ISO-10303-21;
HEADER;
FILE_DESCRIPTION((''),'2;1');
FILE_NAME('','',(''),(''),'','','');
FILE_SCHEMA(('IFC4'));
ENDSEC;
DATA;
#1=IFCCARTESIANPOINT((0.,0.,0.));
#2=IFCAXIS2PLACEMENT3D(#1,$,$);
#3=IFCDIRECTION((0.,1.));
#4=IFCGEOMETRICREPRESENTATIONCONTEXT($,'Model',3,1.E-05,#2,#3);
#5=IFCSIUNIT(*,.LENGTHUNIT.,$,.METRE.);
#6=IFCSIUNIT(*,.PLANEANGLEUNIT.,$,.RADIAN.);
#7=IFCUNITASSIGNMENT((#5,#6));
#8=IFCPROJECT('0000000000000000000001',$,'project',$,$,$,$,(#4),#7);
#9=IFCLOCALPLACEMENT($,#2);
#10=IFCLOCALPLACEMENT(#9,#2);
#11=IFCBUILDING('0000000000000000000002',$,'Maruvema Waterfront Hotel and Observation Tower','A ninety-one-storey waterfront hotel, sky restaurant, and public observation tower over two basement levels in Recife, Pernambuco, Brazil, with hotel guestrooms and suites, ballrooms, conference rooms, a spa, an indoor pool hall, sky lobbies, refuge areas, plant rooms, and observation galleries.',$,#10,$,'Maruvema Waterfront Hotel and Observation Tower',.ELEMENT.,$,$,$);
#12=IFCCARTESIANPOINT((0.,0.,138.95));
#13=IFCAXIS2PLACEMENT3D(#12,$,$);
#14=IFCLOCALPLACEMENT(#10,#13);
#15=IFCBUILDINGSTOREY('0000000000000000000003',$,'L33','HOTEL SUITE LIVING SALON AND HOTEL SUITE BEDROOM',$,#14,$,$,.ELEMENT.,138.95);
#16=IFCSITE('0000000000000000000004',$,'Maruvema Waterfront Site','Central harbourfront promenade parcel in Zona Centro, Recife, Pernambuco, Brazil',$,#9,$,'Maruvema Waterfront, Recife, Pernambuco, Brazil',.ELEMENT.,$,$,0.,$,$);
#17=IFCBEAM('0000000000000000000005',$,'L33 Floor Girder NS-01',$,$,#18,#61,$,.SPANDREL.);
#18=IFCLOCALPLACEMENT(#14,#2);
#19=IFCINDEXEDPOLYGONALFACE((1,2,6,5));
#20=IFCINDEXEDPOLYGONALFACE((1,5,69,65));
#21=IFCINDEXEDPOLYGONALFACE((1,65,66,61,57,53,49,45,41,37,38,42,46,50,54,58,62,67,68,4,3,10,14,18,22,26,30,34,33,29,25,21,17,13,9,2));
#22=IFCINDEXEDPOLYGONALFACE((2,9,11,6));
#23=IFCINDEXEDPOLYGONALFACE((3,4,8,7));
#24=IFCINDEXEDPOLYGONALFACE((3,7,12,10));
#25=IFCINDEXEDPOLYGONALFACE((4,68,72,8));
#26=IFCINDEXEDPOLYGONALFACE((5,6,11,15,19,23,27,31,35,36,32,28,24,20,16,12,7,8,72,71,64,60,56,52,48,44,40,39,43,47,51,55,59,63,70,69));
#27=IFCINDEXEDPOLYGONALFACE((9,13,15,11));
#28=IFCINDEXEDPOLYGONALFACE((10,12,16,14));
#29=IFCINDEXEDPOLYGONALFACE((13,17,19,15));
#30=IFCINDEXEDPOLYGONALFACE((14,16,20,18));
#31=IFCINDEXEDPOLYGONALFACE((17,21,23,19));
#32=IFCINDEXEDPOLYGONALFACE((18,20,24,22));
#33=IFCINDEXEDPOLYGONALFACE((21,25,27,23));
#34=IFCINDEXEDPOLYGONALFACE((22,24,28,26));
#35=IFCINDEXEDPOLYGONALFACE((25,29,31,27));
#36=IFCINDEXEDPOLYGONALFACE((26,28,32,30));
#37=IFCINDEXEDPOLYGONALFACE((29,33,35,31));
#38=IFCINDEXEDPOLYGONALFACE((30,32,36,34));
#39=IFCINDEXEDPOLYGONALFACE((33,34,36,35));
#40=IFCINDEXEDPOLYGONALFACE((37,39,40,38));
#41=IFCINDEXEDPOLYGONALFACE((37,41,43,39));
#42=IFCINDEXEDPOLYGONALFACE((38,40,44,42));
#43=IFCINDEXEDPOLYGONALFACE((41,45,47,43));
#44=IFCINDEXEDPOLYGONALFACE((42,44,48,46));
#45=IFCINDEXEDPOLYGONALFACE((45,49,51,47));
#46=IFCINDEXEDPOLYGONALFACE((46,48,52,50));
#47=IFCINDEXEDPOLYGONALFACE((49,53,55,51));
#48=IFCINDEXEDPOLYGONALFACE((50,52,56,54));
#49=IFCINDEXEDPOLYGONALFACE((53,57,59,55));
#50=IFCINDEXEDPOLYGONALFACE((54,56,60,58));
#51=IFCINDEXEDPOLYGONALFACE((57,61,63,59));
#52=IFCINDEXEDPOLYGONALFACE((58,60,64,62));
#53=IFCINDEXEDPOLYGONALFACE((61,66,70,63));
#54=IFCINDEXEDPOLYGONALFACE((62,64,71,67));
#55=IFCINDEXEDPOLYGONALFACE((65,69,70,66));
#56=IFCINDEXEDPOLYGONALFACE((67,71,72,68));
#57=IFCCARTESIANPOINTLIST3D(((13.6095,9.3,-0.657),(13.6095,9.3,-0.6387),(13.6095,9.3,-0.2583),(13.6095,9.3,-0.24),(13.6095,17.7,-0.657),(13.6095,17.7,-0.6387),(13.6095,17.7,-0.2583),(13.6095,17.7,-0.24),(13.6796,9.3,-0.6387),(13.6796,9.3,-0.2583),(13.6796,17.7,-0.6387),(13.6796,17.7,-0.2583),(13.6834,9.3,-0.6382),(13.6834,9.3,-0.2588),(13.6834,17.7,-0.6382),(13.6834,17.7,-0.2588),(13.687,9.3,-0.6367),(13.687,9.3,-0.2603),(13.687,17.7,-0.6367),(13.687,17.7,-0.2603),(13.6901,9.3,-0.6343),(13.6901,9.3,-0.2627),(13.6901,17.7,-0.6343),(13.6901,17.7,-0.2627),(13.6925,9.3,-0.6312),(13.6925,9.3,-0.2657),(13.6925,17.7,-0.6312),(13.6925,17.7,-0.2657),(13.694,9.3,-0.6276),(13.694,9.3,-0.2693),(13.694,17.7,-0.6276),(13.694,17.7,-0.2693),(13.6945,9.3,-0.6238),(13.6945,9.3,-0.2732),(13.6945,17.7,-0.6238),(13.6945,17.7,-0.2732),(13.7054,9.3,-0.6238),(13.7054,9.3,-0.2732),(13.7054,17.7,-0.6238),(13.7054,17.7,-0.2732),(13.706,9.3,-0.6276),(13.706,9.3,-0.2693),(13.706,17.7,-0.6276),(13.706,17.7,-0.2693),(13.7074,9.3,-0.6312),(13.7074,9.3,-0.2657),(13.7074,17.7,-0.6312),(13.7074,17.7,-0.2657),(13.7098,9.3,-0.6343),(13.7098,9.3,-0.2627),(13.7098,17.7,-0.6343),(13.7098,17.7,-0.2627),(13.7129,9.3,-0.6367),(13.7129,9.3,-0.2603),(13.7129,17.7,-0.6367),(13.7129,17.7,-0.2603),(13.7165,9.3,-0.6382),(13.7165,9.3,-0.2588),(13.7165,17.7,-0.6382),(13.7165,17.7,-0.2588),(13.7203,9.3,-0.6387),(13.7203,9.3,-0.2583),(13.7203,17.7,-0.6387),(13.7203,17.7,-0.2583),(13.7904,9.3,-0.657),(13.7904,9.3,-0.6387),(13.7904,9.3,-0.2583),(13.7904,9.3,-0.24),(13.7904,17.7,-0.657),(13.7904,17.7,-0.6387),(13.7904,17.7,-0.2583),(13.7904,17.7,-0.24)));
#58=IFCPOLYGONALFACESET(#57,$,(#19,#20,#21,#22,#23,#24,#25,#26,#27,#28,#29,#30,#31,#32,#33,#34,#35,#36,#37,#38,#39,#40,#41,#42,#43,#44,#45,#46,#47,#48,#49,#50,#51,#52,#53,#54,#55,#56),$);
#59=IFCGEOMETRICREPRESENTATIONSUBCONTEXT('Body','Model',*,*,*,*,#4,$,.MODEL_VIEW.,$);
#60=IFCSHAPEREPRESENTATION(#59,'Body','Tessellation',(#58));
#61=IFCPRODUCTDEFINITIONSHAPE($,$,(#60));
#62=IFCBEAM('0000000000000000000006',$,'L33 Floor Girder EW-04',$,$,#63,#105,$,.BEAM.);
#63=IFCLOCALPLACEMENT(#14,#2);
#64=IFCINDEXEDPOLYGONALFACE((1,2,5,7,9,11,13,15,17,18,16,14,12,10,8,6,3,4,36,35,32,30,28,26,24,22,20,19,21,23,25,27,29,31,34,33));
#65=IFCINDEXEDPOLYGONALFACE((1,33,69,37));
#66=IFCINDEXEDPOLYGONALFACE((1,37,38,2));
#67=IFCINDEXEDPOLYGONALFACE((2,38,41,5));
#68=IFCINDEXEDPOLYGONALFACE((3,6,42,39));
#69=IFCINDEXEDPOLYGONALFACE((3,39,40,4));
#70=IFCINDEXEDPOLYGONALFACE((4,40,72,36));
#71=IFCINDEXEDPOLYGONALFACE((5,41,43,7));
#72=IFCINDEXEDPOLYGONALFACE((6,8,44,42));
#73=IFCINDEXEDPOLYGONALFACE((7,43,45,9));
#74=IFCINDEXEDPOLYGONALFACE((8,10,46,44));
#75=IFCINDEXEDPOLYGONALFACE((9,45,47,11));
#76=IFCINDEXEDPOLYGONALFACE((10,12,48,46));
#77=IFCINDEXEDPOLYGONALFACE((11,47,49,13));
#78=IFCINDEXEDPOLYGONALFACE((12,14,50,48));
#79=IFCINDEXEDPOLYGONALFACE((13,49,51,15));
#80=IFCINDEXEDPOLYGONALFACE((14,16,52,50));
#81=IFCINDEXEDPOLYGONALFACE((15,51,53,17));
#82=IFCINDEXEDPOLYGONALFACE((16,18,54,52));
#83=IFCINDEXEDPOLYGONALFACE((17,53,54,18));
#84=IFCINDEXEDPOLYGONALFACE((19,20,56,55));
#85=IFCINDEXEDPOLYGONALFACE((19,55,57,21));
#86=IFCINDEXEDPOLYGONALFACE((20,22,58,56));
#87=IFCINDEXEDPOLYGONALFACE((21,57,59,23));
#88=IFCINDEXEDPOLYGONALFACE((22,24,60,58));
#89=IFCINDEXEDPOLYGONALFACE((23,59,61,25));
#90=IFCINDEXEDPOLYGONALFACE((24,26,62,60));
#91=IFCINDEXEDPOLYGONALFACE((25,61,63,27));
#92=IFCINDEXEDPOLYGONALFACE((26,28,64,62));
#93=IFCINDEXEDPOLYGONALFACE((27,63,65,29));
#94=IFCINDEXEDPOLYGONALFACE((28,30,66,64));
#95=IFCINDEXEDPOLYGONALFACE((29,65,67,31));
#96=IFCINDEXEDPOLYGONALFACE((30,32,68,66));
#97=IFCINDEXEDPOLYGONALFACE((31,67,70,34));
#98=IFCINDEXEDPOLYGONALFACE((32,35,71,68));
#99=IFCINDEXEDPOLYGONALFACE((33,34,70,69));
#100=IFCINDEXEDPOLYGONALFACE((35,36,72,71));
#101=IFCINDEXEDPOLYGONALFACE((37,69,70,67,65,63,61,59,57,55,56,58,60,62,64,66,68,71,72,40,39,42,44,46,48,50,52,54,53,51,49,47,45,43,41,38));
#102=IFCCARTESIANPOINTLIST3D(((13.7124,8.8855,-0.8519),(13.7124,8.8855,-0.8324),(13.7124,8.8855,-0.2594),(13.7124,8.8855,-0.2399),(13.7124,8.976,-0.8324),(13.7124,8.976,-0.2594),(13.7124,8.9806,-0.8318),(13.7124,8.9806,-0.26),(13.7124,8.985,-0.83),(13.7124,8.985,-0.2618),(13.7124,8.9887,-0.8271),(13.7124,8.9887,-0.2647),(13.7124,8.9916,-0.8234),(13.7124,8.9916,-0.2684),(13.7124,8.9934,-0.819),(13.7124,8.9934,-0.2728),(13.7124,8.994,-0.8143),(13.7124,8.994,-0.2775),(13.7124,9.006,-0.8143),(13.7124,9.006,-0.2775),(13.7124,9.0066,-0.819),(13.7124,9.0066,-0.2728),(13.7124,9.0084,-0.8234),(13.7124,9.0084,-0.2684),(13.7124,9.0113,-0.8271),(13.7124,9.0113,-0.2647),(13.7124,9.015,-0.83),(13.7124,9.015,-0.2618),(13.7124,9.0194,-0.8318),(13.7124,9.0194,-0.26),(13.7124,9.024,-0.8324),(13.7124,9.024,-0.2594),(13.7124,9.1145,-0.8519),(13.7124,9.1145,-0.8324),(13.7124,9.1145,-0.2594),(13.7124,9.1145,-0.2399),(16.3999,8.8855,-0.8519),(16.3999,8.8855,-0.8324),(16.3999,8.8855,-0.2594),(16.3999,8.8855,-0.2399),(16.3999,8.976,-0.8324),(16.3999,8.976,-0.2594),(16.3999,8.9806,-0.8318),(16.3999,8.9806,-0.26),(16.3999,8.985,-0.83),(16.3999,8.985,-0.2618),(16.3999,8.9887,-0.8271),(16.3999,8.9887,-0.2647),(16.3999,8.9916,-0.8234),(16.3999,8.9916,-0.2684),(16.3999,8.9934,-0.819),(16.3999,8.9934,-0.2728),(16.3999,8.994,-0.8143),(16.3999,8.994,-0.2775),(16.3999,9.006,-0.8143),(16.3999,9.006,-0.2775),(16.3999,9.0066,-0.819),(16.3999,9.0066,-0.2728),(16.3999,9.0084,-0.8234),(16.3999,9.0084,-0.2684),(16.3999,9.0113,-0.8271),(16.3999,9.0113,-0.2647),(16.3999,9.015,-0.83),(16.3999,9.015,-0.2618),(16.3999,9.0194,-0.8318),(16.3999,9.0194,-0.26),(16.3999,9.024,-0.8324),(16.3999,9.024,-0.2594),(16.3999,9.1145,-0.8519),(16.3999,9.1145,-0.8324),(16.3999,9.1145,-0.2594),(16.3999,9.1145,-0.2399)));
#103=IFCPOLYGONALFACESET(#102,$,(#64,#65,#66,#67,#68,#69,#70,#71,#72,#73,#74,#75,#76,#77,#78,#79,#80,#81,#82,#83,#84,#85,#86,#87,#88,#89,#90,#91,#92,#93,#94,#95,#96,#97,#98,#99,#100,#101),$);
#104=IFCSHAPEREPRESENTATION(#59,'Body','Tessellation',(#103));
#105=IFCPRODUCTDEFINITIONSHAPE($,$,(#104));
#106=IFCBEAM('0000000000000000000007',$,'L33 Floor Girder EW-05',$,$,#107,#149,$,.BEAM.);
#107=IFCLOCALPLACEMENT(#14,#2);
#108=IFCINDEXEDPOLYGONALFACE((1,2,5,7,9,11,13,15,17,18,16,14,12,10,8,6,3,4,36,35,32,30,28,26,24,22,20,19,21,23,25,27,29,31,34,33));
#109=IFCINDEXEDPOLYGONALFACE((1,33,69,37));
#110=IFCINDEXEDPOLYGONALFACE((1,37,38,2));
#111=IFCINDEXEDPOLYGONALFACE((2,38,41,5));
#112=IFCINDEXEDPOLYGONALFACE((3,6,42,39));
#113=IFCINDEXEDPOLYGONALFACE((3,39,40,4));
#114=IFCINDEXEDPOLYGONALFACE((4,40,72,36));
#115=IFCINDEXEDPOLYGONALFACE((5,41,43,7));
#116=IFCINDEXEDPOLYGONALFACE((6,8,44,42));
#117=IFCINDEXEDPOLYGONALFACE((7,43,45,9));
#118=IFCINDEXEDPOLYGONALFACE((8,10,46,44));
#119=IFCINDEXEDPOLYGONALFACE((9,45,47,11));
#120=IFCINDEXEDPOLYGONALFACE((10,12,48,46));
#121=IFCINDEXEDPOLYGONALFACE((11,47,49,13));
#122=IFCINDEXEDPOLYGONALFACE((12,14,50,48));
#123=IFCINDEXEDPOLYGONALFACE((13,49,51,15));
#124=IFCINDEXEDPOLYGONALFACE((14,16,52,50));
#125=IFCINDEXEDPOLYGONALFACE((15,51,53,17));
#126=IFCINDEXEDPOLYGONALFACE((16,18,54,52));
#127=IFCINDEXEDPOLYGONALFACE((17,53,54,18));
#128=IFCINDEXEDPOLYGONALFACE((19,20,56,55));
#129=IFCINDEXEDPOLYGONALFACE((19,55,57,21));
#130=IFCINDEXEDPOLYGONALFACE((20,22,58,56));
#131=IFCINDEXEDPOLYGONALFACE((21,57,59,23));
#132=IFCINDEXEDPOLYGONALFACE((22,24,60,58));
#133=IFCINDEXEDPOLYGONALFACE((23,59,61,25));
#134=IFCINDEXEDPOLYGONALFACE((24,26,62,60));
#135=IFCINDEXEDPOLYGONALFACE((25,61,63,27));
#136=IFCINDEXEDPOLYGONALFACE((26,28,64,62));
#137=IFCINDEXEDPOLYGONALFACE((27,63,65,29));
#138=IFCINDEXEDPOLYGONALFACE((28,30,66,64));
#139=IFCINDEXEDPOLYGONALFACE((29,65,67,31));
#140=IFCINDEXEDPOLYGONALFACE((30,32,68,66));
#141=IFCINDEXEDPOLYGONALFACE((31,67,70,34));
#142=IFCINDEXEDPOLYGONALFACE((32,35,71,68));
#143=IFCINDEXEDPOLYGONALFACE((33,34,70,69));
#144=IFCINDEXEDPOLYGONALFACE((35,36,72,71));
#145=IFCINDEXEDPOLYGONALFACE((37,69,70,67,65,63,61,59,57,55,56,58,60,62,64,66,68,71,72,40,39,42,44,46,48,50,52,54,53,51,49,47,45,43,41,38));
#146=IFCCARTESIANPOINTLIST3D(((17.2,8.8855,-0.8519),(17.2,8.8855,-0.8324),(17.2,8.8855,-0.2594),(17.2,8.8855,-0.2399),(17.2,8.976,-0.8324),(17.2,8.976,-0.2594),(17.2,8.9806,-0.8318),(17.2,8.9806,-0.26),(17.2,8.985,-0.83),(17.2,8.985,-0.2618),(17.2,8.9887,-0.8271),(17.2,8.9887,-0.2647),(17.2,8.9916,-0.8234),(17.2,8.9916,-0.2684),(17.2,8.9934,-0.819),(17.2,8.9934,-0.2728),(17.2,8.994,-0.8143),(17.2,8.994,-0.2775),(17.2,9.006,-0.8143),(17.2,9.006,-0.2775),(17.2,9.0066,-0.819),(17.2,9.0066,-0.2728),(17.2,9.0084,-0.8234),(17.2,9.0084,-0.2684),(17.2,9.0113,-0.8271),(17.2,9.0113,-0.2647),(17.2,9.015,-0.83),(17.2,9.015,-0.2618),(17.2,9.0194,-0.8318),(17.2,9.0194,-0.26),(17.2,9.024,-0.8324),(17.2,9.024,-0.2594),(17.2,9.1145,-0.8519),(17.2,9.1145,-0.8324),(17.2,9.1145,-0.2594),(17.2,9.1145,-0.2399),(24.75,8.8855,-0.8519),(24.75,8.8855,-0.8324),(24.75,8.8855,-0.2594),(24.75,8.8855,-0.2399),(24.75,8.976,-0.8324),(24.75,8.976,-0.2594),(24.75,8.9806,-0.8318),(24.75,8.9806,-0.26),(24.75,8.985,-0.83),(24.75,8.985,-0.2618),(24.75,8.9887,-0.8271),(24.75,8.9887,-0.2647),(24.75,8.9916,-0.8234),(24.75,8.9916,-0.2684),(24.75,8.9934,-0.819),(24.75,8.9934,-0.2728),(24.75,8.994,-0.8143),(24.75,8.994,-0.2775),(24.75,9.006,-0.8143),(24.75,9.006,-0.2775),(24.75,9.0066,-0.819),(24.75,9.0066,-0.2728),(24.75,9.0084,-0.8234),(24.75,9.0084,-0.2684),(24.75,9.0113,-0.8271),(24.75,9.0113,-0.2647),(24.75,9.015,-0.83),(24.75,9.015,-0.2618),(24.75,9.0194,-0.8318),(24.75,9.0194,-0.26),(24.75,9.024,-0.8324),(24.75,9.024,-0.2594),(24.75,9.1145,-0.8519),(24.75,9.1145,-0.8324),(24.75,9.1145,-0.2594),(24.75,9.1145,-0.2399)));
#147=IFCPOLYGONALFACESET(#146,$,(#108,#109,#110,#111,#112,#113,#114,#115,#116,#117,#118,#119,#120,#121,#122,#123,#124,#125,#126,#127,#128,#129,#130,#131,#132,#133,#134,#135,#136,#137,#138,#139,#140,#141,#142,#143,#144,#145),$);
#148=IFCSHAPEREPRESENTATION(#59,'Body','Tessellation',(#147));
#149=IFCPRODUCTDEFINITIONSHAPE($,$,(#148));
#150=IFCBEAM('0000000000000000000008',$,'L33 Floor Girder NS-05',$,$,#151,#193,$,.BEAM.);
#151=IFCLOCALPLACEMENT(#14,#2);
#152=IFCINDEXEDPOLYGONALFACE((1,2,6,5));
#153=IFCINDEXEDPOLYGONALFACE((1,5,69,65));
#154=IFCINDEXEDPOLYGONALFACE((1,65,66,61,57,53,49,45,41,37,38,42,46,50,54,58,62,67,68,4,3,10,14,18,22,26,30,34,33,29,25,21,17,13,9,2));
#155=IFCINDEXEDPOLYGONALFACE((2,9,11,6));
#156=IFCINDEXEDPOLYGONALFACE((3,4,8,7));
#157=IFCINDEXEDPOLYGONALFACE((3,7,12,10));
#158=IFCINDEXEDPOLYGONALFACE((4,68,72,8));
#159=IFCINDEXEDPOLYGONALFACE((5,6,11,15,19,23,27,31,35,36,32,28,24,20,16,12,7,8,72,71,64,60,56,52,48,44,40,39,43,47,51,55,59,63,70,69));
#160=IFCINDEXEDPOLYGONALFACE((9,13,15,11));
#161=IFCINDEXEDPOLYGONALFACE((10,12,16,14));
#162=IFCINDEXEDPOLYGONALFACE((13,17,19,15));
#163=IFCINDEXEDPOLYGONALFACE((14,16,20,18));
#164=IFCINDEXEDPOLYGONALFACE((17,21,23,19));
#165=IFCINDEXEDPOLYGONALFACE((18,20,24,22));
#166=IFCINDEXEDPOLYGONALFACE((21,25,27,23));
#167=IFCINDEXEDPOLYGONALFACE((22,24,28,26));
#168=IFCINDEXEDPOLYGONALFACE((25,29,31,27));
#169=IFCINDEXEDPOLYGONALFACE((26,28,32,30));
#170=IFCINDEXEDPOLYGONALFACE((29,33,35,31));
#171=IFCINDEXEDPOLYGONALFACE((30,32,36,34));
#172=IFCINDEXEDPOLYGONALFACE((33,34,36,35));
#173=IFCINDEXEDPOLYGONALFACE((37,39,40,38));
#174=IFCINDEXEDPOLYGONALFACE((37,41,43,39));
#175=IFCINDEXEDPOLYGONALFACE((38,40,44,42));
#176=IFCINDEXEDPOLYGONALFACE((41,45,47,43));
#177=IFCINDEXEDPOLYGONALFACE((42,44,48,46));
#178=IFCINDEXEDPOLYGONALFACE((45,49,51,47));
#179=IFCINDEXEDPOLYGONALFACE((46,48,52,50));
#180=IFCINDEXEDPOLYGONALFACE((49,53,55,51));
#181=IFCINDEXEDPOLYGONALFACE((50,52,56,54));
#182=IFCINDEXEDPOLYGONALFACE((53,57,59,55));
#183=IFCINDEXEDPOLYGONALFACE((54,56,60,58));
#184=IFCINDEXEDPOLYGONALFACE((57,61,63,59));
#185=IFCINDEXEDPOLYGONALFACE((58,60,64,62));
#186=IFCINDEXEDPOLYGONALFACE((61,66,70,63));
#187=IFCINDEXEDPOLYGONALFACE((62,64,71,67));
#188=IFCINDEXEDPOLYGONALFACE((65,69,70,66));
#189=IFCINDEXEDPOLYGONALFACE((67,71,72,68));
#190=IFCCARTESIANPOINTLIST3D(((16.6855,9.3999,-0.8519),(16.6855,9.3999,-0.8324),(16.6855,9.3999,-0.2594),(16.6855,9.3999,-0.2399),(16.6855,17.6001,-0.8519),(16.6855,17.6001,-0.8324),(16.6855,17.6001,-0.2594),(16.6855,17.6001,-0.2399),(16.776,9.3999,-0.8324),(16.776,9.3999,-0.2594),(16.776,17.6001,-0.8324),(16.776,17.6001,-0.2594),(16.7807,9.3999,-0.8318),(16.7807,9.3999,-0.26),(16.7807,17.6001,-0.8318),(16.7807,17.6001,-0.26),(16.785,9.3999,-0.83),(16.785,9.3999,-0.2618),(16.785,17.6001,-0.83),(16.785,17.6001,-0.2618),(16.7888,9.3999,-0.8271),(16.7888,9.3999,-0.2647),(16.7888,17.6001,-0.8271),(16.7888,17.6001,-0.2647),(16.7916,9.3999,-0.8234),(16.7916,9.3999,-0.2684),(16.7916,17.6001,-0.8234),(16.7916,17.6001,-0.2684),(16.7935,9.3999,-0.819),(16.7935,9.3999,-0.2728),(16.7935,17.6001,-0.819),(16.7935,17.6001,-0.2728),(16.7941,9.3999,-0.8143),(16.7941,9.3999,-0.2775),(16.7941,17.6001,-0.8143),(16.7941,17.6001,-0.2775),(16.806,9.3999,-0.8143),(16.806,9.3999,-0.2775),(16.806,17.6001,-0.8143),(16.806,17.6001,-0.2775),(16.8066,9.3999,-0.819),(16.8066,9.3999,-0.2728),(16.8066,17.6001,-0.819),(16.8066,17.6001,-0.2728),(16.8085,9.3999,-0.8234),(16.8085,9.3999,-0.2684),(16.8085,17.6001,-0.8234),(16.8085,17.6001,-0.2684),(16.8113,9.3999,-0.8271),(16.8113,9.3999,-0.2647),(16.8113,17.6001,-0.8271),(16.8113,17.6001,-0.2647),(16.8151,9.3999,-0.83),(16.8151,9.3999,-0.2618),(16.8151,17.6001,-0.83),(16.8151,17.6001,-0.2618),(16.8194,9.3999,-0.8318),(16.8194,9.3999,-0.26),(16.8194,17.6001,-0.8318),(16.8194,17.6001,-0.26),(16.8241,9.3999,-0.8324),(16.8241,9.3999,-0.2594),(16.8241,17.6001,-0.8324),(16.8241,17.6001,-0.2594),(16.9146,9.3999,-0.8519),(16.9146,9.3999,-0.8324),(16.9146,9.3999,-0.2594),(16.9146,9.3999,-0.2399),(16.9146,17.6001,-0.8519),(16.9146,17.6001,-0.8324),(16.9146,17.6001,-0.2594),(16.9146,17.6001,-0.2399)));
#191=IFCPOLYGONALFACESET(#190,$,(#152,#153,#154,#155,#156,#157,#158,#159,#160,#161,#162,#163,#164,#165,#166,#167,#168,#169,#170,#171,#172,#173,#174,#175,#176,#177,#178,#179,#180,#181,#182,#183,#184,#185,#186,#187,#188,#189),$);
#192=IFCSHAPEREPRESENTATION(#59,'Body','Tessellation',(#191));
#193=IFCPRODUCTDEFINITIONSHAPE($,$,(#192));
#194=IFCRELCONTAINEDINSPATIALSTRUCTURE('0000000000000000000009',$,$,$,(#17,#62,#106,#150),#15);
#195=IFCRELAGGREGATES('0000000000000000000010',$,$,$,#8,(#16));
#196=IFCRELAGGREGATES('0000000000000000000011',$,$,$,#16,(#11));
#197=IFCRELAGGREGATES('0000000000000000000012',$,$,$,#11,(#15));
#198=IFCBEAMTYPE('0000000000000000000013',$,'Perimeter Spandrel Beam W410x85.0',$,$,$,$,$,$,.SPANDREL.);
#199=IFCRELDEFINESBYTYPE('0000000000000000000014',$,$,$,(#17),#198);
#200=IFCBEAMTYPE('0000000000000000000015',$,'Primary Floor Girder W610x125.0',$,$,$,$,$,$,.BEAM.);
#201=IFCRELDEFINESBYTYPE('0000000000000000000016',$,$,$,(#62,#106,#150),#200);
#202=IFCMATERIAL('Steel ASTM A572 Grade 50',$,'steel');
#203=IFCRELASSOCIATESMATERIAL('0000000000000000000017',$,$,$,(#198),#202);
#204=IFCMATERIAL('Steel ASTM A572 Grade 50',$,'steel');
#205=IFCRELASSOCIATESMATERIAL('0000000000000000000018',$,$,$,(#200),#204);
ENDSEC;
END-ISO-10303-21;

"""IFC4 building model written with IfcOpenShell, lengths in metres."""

from ifc_helpers import new_model, si_unit, direction, frame, origin, origin_2d, place, context, subcontext, project, spatial, i_section, extrude, material, material_profile, profile_set, type_object, element, save


model = new_model("IFC4")

# Units and contexts
model_context = context("Model", 3, precision=1e-05, world=origin(), true_north=direction((0.0, 1.0)))
body_context = subcontext(model_context, "Body", "Model", "MODEL_VIEW")
ifc_project = project(units=[si_unit("LENGTHUNIT", "METRE"), si_unit("PLANEANGLEUNIT", "RADIAN")], contexts=[model_context])

# Site, building, storey
site_placement = place(None, origin())
site = spatial("IfcSite", under=ifc_project, at=site_placement, Name="Maruvema Waterfront Site", Description="Central harbourfront promenade parcel in Zona Centro, Recife, Pernambuco, Brazil", LongName="Maruvema Waterfront, Recife, Pernambuco, Brazil", CompositionType="ELEMENT", RefElevation=0.0)
building_placement = place(site_placement, origin())
building = spatial("IfcBuilding", under=site, at=building_placement, Name="Maruvema Waterfront Hotel and Observation Tower", Description="A ninety-one-storey waterfront hotel, sky restaurant, and public observation tower over two basement levels in Recife, Pernambuco, Brazil, with hotel guestrooms and suites, ballrooms, conference rooms, a spa, an indoor pool hall, sky lobbies, refuge areas, plant rooms, and observation galleries.", LongName="Maruvema Waterfront Hotel and Observation Tower", CompositionType="ELEMENT")
storey_placement = place(building_placement, frame((0.0, 0.0, 138.95)))
storey = spatial("IfcBuildingStorey", under=building, at=storey_placement, Name="L33", Description="HOTEL SUITE LIVING SALON AND HOTEL SUITE BEDROOM", CompositionType="ELEMENT", Elevation=138.95)

# Beams
ifc_material_1 = material(Name="Steel ASTM A572 Grade 50", Category="steel")
ifc_material_profile_1 = material_profile(ifc_material_1, i_section(OverallWidth=0.1809, OverallDepth=0.417, WebThickness=0.011, FlangeThickness=0.0183, FilletRadius=0.0149, at=origin_2d()), Name="W410x85.0")
ifc_profile_set_1 = profile_set([ifc_material_profile_1], Name="Steel ASTM A572 Grade 50")
beam_type_1 = type_object("IfcBeamType", Name="Perimeter Spandrel Beam W410x85.0", PredefinedType="SPANDREL", material=ifc_profile_set_1)
beam_1_placement = place(storey_placement, frame((13.7, 9.3, -0.4485), z_axis=(0.0, 1.0, 0.0), x_axis=(-1.0, 0.0, 0.0)))
element("IfcBeam", 1, at=beam_1_placement, inside=storey, type_object=beam_type_1, Name="L33 Floor Girder NS-01", PredefinedType="SPANDREL", context=body_context, shape_type="SweptSolid", body=[
    extrude(i_section(OverallWidth=0.1809, OverallDepth=0.417, WebThickness=0.011, FlangeThickness=0.0183, FilletRadius=0.0149, at=origin_2d()), origin(), (0.0, 0.0, 1.0), 8.3999),
])
ifc_material_2 = material(Name="Steel ASTM A572 Grade 50", Category="steel")
ifc_material_profile_2 = material_profile(ifc_material_2, i_section(OverallWidth=0.229, OverallDepth=0.6121, WebThickness=0.012, FlangeThickness=0.0195, FilletRadius=0.0181, at=origin_2d()), Name="W610x125.0")
ifc_profile_set_2 = profile_set([ifc_material_profile_2], Name="Steel ASTM A572 Grade 50")
beam_type_2 = type_object("IfcBeamType", Name="Primary Floor Girder W610x125.0", PredefinedType="BEAM", material=ifc_profile_set_2)
beam_2_placement = place(storey_placement, frame((13.7124, 9.0, -0.5459), z_axis=(1.0, 0.0, 0.0), x_axis=(0.0, 1.0, 0.0)))
element("IfcBeam", 2, at=beam_2_placement, inside=storey, type_object=beam_type_2, Name="L33 Floor Girder EW-04", PredefinedType="BEAM", context=body_context, shape_type="SweptSolid", body=[
    extrude(i_section(OverallWidth=0.229, OverallDepth=0.6121, WebThickness=0.012, FlangeThickness=0.0195, FilletRadius=0.0181, at=origin_2d()), origin(), (0.0, 0.0, 1.0), 2.6875),
])
beam_3_placement = place(storey_placement, frame((17.2, 9.0, -0.5459), z_axis=(1.0, 0.0, 0.0), x_axis=(0.0, 1.0, 0.0)))
element("IfcBeam", 3, at=beam_3_placement, inside=storey, type_object=beam_type_2, Name="L33 Floor Girder EW-05", PredefinedType="BEAM", context=body_context, shape_type="SweptSolid", body=[
    extrude(i_section(OverallWidth=0.229, OverallDepth=0.6121, WebThickness=0.012, FlangeThickness=0.0195, FilletRadius=0.0181, at=origin_2d()), origin(), (0.0, 0.0, 1.0), 7.55),
])
beam_4_placement = place(storey_placement, frame((16.8, 9.3999, -0.5459), z_axis=(0.0, 1.0, 0.0), x_axis=(-1.0, 0.0, 0.0)))
element("IfcBeam", 4, at=beam_4_placement, inside=storey, type_object=beam_type_2, Name="L33 Floor Girder NS-05", PredefinedType="BEAM", context=body_context, shape_type="SweptSolid", body=[
    extrude(i_section(OverallWidth=0.229, OverallDepth=0.6121, WebThickness=0.012, FlangeThickness=0.0195, FilletRadius=0.0181, at=origin_2d()), origin(), (0.0, 0.0, 1.0), 8.2002),
])

save(model, "model.ifc")
